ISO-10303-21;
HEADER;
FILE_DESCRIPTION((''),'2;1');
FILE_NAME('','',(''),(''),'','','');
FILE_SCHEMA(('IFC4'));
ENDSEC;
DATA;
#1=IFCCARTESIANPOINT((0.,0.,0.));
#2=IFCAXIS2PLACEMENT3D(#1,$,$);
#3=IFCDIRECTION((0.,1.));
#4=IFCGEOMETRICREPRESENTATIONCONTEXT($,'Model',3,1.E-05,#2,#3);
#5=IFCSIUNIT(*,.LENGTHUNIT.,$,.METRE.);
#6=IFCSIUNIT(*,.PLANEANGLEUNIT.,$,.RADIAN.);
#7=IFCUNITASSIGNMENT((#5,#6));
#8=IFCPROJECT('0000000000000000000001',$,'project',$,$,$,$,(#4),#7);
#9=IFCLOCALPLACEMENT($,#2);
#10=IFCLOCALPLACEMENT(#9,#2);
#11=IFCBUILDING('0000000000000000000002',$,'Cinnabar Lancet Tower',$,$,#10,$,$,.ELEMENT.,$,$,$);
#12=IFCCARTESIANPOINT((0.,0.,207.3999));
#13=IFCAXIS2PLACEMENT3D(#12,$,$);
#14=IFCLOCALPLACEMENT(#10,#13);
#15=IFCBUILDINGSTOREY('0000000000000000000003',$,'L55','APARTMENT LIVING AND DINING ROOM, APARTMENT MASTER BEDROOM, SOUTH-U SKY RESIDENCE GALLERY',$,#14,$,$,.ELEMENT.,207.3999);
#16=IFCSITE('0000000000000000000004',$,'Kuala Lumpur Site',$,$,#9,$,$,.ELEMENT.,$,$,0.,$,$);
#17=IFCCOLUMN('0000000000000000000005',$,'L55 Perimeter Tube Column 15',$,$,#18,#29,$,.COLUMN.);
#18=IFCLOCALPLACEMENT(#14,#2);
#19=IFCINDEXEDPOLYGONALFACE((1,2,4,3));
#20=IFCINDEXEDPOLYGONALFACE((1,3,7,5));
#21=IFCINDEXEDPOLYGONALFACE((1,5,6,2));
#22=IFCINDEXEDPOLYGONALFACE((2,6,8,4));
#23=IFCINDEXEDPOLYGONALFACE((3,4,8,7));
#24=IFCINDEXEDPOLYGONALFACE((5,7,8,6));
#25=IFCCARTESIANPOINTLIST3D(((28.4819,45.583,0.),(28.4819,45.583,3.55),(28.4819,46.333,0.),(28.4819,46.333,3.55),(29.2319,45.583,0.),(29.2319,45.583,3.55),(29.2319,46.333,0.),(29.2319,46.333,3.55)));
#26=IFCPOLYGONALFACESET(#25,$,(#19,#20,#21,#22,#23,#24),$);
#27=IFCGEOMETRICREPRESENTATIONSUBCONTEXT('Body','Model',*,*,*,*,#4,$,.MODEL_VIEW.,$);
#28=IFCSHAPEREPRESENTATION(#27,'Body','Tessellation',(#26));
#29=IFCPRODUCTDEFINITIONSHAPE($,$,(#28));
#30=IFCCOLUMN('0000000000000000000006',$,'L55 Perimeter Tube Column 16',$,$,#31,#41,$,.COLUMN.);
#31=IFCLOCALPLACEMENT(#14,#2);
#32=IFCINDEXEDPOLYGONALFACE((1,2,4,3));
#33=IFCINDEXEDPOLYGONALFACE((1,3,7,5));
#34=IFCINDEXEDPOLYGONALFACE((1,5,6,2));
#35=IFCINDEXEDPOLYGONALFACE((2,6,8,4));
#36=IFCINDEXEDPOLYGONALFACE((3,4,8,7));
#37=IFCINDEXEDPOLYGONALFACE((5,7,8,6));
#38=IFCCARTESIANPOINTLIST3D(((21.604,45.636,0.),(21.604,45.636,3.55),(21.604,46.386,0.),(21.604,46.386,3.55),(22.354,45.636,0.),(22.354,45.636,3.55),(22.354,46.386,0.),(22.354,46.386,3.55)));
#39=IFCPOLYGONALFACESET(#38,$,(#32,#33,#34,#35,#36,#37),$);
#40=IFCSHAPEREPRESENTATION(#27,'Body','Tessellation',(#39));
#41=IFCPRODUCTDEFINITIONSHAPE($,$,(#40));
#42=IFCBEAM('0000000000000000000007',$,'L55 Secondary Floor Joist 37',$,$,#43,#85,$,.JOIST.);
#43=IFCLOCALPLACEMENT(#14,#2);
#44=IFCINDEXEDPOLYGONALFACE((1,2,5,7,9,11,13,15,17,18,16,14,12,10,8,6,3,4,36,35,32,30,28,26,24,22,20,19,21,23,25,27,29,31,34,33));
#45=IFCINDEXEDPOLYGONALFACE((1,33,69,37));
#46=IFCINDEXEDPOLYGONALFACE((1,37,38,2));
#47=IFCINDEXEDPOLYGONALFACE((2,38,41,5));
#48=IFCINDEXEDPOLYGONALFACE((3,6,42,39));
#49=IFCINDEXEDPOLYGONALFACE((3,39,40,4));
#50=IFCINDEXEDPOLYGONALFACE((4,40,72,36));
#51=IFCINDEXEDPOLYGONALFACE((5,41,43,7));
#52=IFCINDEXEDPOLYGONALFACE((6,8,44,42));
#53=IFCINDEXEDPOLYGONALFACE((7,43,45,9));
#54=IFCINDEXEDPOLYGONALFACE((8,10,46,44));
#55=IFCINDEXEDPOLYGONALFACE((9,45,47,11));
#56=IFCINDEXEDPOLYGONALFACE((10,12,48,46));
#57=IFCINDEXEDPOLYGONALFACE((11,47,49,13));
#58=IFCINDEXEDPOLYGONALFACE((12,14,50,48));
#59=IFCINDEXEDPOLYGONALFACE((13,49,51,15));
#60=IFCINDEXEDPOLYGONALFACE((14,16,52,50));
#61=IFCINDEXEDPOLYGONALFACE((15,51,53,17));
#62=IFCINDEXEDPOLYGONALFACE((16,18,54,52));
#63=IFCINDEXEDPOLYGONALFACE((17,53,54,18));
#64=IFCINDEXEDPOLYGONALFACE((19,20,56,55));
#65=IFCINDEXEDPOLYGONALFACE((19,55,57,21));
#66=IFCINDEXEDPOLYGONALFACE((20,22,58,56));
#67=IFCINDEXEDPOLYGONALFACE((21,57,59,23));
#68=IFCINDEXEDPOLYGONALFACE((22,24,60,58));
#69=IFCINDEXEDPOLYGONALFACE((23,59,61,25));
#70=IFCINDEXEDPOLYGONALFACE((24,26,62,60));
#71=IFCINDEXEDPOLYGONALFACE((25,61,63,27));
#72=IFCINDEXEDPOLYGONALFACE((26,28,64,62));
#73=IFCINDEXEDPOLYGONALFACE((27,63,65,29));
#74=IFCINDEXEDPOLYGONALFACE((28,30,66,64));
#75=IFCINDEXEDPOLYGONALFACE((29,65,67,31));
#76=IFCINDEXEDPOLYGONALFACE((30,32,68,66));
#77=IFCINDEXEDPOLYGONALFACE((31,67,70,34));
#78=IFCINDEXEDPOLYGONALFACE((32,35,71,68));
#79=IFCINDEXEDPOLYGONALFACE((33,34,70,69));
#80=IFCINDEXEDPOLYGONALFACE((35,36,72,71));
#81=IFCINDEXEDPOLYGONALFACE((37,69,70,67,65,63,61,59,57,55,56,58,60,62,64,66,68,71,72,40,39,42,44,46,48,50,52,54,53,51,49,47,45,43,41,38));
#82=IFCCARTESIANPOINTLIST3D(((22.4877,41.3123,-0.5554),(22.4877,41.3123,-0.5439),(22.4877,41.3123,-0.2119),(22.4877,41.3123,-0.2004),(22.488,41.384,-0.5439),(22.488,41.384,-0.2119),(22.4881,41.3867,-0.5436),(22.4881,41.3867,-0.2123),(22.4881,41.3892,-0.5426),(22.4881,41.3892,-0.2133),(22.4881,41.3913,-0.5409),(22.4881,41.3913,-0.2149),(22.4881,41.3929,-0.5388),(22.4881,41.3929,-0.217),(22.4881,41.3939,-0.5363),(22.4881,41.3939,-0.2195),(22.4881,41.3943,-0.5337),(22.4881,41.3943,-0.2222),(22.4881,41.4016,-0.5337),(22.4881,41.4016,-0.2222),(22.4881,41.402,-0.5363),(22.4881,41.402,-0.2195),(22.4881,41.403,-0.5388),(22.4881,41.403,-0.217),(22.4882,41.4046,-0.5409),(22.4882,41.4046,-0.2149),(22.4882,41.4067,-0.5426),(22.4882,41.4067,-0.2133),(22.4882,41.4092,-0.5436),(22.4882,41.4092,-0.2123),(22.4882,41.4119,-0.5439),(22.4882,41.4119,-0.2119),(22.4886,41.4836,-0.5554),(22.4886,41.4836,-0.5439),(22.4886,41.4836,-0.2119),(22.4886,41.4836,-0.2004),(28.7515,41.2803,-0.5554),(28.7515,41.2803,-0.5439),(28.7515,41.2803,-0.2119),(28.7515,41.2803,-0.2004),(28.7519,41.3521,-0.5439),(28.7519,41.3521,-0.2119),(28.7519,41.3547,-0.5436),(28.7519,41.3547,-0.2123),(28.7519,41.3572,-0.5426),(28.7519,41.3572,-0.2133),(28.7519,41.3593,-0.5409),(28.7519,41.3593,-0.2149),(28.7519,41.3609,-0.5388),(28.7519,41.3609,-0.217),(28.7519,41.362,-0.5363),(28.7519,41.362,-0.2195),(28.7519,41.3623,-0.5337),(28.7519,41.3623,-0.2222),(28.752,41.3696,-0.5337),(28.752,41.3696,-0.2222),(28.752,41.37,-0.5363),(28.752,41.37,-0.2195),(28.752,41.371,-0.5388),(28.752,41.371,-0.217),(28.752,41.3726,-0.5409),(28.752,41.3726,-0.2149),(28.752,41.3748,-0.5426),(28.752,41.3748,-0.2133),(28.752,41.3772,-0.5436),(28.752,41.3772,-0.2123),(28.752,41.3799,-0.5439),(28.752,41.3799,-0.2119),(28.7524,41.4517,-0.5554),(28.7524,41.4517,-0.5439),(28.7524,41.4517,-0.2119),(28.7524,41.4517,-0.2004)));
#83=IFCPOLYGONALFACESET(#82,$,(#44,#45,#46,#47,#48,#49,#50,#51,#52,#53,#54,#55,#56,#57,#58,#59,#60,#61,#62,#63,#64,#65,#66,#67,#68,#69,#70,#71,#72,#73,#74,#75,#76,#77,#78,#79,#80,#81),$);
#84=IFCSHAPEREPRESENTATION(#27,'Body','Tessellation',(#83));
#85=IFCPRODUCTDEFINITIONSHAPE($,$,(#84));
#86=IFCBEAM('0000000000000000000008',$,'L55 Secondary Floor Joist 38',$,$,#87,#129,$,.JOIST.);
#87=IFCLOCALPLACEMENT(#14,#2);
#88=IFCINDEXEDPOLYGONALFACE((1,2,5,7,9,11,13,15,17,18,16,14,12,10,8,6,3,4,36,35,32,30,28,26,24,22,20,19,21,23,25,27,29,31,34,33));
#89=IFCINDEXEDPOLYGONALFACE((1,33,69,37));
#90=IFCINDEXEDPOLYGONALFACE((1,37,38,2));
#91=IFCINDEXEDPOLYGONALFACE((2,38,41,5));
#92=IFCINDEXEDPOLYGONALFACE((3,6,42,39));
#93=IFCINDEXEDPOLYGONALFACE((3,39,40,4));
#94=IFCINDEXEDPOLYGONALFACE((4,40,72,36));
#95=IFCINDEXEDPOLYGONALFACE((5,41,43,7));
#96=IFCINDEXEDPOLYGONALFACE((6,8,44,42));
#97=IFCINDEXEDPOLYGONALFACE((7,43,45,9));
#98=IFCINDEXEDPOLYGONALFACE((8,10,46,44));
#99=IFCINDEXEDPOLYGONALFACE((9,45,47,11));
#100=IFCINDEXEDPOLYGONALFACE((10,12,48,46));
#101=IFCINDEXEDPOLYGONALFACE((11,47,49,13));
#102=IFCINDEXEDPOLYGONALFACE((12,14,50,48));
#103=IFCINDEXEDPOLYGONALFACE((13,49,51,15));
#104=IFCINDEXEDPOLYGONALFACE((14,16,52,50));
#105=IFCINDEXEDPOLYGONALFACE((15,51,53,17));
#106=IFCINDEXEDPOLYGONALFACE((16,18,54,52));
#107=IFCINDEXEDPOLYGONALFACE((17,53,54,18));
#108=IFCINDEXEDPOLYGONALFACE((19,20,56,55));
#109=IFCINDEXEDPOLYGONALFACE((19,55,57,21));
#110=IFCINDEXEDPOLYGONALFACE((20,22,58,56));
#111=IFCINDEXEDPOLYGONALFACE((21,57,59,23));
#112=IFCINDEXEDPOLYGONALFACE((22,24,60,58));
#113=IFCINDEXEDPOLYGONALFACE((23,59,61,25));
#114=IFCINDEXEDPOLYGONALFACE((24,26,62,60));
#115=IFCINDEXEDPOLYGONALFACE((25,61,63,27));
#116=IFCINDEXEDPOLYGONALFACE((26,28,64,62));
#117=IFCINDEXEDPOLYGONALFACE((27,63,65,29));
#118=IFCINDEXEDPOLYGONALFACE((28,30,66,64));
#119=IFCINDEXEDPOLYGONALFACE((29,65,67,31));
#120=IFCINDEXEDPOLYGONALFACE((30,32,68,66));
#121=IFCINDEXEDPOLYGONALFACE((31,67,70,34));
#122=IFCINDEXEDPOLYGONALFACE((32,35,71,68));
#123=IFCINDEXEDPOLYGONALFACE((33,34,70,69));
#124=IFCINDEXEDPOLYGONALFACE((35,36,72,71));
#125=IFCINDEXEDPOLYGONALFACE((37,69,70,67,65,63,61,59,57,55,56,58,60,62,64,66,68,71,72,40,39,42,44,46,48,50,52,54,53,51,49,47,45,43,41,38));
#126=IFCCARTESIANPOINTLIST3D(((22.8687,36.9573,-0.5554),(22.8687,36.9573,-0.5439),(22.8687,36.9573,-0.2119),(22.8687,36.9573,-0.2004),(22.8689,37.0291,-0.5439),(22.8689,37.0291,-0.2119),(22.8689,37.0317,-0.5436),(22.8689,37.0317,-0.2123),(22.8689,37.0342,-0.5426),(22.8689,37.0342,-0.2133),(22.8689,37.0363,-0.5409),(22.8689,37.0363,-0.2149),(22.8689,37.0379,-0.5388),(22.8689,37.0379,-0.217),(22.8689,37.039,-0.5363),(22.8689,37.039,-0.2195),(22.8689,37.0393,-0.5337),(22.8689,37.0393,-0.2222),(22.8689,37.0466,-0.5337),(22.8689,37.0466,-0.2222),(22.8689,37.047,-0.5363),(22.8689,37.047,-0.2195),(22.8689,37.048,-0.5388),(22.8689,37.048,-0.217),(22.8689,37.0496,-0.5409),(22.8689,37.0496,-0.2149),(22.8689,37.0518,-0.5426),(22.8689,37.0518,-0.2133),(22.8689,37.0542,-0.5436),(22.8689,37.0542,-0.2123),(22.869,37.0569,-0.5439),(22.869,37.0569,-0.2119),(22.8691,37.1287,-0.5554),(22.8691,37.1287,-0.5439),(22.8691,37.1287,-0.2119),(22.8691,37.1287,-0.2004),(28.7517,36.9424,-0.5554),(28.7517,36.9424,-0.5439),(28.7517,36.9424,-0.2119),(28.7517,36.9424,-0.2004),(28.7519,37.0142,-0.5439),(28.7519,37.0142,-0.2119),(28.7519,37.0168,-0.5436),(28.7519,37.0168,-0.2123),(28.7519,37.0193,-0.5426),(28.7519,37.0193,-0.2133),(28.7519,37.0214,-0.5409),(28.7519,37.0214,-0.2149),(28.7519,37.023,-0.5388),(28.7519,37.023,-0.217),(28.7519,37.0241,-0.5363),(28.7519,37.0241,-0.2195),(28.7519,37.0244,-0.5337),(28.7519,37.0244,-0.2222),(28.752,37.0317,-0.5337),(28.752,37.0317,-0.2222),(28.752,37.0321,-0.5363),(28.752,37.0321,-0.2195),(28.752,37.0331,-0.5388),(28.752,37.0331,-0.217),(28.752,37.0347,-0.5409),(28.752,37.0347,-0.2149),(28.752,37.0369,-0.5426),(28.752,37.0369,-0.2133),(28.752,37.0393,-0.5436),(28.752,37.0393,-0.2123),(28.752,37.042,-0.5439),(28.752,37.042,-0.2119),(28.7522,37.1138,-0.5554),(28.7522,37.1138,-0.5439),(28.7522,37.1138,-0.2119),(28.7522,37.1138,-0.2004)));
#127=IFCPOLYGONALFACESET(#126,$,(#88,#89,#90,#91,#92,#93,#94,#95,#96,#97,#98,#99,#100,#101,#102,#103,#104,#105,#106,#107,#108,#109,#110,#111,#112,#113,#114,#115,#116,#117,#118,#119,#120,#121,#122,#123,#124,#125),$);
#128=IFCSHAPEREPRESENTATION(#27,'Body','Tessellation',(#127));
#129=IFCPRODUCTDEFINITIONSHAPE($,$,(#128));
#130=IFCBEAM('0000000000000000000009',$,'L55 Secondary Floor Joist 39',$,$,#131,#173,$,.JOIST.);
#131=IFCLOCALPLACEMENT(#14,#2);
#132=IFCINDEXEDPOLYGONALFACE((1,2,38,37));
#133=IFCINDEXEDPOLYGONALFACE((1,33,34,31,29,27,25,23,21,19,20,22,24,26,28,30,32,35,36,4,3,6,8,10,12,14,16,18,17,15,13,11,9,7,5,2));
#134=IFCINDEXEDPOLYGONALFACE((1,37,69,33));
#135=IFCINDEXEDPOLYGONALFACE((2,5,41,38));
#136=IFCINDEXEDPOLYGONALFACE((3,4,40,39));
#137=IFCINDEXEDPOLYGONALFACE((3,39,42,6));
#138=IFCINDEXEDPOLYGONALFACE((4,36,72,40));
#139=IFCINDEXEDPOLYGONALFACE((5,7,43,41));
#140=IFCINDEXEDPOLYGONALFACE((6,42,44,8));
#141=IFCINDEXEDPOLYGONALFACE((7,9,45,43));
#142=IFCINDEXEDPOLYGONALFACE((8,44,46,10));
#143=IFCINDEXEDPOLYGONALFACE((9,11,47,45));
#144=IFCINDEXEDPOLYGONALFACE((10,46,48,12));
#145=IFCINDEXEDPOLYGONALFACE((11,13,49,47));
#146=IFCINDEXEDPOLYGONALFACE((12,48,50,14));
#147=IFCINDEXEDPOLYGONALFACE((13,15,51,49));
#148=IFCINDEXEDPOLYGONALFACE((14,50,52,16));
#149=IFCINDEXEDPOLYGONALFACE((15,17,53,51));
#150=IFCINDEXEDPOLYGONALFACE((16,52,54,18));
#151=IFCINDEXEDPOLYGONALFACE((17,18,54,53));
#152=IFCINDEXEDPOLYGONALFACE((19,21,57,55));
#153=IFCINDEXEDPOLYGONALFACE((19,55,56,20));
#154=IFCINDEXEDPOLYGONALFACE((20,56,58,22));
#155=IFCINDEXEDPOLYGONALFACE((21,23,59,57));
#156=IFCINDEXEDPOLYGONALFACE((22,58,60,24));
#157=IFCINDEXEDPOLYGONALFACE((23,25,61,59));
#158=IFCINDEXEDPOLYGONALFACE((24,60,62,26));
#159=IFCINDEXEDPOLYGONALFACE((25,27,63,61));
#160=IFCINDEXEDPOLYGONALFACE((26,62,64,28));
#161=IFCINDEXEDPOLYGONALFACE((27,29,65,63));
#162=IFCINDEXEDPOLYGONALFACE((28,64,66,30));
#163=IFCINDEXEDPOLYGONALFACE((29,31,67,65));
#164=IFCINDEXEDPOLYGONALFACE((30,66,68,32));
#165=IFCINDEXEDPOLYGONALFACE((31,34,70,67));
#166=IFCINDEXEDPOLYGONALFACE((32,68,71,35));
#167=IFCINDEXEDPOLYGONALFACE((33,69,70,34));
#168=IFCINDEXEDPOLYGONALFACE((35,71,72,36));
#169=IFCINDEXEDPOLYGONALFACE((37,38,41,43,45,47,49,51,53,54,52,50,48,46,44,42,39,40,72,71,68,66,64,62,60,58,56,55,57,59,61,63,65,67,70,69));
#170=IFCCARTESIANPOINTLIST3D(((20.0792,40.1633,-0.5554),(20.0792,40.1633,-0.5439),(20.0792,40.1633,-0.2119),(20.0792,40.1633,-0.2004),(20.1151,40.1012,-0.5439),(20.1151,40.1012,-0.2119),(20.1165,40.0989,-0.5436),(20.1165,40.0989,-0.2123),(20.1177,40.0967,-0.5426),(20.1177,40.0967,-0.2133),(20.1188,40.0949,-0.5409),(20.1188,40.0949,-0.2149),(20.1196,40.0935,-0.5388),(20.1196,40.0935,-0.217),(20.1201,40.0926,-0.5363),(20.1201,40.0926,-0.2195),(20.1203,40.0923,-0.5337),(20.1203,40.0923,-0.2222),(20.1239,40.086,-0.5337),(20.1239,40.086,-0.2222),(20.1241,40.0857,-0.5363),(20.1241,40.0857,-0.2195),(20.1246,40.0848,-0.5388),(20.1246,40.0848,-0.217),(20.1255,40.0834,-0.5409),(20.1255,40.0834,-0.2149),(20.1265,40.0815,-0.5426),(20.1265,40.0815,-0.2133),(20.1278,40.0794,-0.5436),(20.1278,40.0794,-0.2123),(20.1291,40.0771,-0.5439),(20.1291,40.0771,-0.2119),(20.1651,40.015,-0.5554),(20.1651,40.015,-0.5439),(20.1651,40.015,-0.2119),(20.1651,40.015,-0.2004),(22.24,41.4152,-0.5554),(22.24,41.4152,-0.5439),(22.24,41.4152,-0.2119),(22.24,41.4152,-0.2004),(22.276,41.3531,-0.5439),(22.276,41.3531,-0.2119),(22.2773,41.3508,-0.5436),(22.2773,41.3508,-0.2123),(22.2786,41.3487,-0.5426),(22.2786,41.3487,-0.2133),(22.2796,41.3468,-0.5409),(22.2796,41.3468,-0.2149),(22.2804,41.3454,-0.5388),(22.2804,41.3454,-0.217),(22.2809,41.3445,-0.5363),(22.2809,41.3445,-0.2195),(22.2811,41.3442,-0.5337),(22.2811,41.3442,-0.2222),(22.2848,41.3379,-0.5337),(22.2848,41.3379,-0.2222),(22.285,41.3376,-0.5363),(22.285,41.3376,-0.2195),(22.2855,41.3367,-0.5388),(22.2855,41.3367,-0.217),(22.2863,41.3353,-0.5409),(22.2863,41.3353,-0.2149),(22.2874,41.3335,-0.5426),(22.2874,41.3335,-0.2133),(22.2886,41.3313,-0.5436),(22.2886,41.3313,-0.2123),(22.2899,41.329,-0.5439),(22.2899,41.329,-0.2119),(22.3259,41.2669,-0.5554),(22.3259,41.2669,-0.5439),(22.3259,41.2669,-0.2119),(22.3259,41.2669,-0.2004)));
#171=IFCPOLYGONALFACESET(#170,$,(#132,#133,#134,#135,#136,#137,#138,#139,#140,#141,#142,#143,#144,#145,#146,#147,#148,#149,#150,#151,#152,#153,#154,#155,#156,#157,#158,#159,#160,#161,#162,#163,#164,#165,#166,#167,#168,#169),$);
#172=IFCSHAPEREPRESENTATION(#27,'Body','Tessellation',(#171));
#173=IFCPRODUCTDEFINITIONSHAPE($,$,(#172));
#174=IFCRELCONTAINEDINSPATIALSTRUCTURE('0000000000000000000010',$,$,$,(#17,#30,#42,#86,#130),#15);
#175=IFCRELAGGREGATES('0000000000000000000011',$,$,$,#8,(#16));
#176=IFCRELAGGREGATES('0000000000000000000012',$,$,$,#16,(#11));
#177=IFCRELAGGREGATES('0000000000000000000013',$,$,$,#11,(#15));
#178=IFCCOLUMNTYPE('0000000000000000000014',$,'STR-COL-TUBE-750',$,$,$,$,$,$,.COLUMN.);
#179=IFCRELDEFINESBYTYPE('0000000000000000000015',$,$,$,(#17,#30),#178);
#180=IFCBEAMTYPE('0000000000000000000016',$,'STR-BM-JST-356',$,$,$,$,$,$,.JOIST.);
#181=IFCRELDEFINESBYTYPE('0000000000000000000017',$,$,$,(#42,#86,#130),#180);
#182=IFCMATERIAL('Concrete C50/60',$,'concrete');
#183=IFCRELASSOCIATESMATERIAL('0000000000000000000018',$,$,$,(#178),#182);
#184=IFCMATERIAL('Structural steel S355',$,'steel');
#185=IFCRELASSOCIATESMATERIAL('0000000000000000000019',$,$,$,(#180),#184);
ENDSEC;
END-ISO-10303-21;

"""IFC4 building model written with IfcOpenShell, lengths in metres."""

from ifc_helpers import new_model, si_unit, direction, frame, origin, origin_2d, place, context, subcontext, project, spatial, rectangle, i_section, extrude, material, material_profile, profile_set, type_object, element, save


model = new_model("IFC4")

# Units and contexts
model_context = context("Model", 3, precision=1e-05, world=origin(), true_north=direction((0.0, 1.0)))
body_context = subcontext(model_context, "Body", "Model", "MODEL_VIEW")
ifc_project = project(units=[si_unit("LENGTHUNIT", "METRE"), si_unit("PLANEANGLEUNIT", "RADIAN")], contexts=[model_context])

# Site, building, storey
site_placement = place(None, origin())
site = spatial("IfcSite", under=ifc_project, at=site_placement, Name="Kuala Lumpur Site", CompositionType="ELEMENT", RefElevation=0.0)
building_placement = place(site_placement, origin())
building = spatial("IfcBuilding", under=site, at=building_placement, Name="Cinnabar Lancet Tower", CompositionType="ELEMENT")
storey_placement = place(building_placement, frame((0.0, 0.0, 207.3999)))
storey = spatial("IfcBuildingStorey", under=building, at=storey_placement, Name="L55", Description="APARTMENT LIVING AND DINING ROOM, APARTMENT MASTER BEDROOM, SOUTH-U SKY RESIDENCE GALLERY", CompositionType="ELEMENT", Elevation=207.3999)

# Columns
ifc_material_1 = material(Name="Concrete C50/60", Category="concrete")
ifc_material_profile_1 = material_profile(ifc_material_1, rectangle(XDim=0.75, YDim=0.75, at=origin_2d()), Name="RC-COL 750x750")
ifc_profile_set_1 = profile_set([ifc_material_profile_1], Name="Concrete C50/60")
column_type = type_object("IfcColumnType", Name="STR-COL-TUBE-750", PredefinedType="COLUMN", material=ifc_profile_set_1)
for number, where, z_axis, x_axis, name in (
    (1, (28.8569, 45.958, 0.0), (0.0, 0.0, 1.0), (1.0, 0.0, 0.0), "L55 Perimeter Tube Column 15"),
    (2, (21.979, 46.011, 0.0), (0.0, 0.0, 1.0), (1.0, 0.0, 0.0), "L55 Perimeter Tube Column 16"),
):
    element("IfcColumn", number, at=place(storey_placement, frame(where, z_axis=z_axis, x_axis=x_axis)), inside=storey, type_object=column_type, Name=name, PredefinedType="COLUMN", context=body_context, shape_type="SweptSolid", body=[
        extrude(rectangle(XDim=0.75, YDim=0.75, at=origin_2d()), origin(), (0.0, 0.0, 1.0), 3.55),
    ])

# Beams
ifc_material_2 = material(Name="Structural steel S355", Category="steel")
ifc_material_profile_2 = material_profile(ifc_material_2, i_section(OverallWidth=0.1714, OverallDepth=0.355, WebThickness=0.0073, FlangeThickness=0.0115, FilletRadius=0.0103, at=origin_2d()), Name="UKB 356x171x51")
ifc_profile_set_2 = profile_set([ifc_material_profile_2], Name="Structural steel S355")
beam_type_1 = type_object("IfcBeamType", Name="STR-BM-JST-356", PredefinedType="JOIST", material=ifc_profile_set_2)
beam_1_placement = place(storey_placement, frame((28.752, 41.366, -0.3779), z_axis=(-0.999987, 0.005106, 0.0), x_axis=(-0.005106, -0.999987, 0.0)))
element("IfcBeam", 3, at=beam_1_placement, inside=storey, type_object=beam_type_1, Name="L55 Secondary Floor Joist 37", PredefinedType="JOIST", context=body_context, shape_type="SweptSolid", body=[
    extrude(i_section(OverallWidth=0.1714, OverallDepth=0.355, WebThickness=0.0073, FlangeThickness=0.0115, FilletRadius=0.0103, at=origin_2d()), origin(), (0.0, 0.0, 1.0), 6.2639),
])
beam_2_placement = place(storey_placement, frame((28.752, 37.0281, -0.3779), z_axis=(-0.999997, 0.002531, 0.0), x_axis=(-0.002531, -0.999997, 0.0)))
element("IfcBeam", 4, at=beam_2_placement, inside=storey, type_object=beam_type_1, Name="L55 Secondary Floor Joist 38", PredefinedType="JOIST", context=body_context, shape_type="SweptSolid", body=[
    extrude(i_section(OverallWidth=0.1714, OverallDepth=0.355, WebThickness=0.0073, FlangeThickness=0.0115, FilletRadius=0.0103, at=origin_2d()), origin(), (0.0, 0.0, 1.0), 5.8831),
])
beam_3_placement = place(storey_placement, frame((22.283, 41.3411, -0.3779), z_axis=(-0.865268, -0.50131, 0.0), x_axis=(0.50131, -0.865268, 0.0)))
element("IfcBeam", 5, at=beam_3_placement, inside=storey, type_object=beam_type_1, Name="L55 Secondary Floor Joist 39", PredefinedType="JOIST", context=body_context, shape_type="SweptSolid", body=[
    extrude(i_section(OverallWidth=0.1714, OverallDepth=0.355, WebThickness=0.0073, FlangeThickness=0.0115, FilletRadius=0.0103, at=origin_2d()), origin(), (0.0, 0.0, 1.0), 2.4973),
])

save(model, "model.ifc")
